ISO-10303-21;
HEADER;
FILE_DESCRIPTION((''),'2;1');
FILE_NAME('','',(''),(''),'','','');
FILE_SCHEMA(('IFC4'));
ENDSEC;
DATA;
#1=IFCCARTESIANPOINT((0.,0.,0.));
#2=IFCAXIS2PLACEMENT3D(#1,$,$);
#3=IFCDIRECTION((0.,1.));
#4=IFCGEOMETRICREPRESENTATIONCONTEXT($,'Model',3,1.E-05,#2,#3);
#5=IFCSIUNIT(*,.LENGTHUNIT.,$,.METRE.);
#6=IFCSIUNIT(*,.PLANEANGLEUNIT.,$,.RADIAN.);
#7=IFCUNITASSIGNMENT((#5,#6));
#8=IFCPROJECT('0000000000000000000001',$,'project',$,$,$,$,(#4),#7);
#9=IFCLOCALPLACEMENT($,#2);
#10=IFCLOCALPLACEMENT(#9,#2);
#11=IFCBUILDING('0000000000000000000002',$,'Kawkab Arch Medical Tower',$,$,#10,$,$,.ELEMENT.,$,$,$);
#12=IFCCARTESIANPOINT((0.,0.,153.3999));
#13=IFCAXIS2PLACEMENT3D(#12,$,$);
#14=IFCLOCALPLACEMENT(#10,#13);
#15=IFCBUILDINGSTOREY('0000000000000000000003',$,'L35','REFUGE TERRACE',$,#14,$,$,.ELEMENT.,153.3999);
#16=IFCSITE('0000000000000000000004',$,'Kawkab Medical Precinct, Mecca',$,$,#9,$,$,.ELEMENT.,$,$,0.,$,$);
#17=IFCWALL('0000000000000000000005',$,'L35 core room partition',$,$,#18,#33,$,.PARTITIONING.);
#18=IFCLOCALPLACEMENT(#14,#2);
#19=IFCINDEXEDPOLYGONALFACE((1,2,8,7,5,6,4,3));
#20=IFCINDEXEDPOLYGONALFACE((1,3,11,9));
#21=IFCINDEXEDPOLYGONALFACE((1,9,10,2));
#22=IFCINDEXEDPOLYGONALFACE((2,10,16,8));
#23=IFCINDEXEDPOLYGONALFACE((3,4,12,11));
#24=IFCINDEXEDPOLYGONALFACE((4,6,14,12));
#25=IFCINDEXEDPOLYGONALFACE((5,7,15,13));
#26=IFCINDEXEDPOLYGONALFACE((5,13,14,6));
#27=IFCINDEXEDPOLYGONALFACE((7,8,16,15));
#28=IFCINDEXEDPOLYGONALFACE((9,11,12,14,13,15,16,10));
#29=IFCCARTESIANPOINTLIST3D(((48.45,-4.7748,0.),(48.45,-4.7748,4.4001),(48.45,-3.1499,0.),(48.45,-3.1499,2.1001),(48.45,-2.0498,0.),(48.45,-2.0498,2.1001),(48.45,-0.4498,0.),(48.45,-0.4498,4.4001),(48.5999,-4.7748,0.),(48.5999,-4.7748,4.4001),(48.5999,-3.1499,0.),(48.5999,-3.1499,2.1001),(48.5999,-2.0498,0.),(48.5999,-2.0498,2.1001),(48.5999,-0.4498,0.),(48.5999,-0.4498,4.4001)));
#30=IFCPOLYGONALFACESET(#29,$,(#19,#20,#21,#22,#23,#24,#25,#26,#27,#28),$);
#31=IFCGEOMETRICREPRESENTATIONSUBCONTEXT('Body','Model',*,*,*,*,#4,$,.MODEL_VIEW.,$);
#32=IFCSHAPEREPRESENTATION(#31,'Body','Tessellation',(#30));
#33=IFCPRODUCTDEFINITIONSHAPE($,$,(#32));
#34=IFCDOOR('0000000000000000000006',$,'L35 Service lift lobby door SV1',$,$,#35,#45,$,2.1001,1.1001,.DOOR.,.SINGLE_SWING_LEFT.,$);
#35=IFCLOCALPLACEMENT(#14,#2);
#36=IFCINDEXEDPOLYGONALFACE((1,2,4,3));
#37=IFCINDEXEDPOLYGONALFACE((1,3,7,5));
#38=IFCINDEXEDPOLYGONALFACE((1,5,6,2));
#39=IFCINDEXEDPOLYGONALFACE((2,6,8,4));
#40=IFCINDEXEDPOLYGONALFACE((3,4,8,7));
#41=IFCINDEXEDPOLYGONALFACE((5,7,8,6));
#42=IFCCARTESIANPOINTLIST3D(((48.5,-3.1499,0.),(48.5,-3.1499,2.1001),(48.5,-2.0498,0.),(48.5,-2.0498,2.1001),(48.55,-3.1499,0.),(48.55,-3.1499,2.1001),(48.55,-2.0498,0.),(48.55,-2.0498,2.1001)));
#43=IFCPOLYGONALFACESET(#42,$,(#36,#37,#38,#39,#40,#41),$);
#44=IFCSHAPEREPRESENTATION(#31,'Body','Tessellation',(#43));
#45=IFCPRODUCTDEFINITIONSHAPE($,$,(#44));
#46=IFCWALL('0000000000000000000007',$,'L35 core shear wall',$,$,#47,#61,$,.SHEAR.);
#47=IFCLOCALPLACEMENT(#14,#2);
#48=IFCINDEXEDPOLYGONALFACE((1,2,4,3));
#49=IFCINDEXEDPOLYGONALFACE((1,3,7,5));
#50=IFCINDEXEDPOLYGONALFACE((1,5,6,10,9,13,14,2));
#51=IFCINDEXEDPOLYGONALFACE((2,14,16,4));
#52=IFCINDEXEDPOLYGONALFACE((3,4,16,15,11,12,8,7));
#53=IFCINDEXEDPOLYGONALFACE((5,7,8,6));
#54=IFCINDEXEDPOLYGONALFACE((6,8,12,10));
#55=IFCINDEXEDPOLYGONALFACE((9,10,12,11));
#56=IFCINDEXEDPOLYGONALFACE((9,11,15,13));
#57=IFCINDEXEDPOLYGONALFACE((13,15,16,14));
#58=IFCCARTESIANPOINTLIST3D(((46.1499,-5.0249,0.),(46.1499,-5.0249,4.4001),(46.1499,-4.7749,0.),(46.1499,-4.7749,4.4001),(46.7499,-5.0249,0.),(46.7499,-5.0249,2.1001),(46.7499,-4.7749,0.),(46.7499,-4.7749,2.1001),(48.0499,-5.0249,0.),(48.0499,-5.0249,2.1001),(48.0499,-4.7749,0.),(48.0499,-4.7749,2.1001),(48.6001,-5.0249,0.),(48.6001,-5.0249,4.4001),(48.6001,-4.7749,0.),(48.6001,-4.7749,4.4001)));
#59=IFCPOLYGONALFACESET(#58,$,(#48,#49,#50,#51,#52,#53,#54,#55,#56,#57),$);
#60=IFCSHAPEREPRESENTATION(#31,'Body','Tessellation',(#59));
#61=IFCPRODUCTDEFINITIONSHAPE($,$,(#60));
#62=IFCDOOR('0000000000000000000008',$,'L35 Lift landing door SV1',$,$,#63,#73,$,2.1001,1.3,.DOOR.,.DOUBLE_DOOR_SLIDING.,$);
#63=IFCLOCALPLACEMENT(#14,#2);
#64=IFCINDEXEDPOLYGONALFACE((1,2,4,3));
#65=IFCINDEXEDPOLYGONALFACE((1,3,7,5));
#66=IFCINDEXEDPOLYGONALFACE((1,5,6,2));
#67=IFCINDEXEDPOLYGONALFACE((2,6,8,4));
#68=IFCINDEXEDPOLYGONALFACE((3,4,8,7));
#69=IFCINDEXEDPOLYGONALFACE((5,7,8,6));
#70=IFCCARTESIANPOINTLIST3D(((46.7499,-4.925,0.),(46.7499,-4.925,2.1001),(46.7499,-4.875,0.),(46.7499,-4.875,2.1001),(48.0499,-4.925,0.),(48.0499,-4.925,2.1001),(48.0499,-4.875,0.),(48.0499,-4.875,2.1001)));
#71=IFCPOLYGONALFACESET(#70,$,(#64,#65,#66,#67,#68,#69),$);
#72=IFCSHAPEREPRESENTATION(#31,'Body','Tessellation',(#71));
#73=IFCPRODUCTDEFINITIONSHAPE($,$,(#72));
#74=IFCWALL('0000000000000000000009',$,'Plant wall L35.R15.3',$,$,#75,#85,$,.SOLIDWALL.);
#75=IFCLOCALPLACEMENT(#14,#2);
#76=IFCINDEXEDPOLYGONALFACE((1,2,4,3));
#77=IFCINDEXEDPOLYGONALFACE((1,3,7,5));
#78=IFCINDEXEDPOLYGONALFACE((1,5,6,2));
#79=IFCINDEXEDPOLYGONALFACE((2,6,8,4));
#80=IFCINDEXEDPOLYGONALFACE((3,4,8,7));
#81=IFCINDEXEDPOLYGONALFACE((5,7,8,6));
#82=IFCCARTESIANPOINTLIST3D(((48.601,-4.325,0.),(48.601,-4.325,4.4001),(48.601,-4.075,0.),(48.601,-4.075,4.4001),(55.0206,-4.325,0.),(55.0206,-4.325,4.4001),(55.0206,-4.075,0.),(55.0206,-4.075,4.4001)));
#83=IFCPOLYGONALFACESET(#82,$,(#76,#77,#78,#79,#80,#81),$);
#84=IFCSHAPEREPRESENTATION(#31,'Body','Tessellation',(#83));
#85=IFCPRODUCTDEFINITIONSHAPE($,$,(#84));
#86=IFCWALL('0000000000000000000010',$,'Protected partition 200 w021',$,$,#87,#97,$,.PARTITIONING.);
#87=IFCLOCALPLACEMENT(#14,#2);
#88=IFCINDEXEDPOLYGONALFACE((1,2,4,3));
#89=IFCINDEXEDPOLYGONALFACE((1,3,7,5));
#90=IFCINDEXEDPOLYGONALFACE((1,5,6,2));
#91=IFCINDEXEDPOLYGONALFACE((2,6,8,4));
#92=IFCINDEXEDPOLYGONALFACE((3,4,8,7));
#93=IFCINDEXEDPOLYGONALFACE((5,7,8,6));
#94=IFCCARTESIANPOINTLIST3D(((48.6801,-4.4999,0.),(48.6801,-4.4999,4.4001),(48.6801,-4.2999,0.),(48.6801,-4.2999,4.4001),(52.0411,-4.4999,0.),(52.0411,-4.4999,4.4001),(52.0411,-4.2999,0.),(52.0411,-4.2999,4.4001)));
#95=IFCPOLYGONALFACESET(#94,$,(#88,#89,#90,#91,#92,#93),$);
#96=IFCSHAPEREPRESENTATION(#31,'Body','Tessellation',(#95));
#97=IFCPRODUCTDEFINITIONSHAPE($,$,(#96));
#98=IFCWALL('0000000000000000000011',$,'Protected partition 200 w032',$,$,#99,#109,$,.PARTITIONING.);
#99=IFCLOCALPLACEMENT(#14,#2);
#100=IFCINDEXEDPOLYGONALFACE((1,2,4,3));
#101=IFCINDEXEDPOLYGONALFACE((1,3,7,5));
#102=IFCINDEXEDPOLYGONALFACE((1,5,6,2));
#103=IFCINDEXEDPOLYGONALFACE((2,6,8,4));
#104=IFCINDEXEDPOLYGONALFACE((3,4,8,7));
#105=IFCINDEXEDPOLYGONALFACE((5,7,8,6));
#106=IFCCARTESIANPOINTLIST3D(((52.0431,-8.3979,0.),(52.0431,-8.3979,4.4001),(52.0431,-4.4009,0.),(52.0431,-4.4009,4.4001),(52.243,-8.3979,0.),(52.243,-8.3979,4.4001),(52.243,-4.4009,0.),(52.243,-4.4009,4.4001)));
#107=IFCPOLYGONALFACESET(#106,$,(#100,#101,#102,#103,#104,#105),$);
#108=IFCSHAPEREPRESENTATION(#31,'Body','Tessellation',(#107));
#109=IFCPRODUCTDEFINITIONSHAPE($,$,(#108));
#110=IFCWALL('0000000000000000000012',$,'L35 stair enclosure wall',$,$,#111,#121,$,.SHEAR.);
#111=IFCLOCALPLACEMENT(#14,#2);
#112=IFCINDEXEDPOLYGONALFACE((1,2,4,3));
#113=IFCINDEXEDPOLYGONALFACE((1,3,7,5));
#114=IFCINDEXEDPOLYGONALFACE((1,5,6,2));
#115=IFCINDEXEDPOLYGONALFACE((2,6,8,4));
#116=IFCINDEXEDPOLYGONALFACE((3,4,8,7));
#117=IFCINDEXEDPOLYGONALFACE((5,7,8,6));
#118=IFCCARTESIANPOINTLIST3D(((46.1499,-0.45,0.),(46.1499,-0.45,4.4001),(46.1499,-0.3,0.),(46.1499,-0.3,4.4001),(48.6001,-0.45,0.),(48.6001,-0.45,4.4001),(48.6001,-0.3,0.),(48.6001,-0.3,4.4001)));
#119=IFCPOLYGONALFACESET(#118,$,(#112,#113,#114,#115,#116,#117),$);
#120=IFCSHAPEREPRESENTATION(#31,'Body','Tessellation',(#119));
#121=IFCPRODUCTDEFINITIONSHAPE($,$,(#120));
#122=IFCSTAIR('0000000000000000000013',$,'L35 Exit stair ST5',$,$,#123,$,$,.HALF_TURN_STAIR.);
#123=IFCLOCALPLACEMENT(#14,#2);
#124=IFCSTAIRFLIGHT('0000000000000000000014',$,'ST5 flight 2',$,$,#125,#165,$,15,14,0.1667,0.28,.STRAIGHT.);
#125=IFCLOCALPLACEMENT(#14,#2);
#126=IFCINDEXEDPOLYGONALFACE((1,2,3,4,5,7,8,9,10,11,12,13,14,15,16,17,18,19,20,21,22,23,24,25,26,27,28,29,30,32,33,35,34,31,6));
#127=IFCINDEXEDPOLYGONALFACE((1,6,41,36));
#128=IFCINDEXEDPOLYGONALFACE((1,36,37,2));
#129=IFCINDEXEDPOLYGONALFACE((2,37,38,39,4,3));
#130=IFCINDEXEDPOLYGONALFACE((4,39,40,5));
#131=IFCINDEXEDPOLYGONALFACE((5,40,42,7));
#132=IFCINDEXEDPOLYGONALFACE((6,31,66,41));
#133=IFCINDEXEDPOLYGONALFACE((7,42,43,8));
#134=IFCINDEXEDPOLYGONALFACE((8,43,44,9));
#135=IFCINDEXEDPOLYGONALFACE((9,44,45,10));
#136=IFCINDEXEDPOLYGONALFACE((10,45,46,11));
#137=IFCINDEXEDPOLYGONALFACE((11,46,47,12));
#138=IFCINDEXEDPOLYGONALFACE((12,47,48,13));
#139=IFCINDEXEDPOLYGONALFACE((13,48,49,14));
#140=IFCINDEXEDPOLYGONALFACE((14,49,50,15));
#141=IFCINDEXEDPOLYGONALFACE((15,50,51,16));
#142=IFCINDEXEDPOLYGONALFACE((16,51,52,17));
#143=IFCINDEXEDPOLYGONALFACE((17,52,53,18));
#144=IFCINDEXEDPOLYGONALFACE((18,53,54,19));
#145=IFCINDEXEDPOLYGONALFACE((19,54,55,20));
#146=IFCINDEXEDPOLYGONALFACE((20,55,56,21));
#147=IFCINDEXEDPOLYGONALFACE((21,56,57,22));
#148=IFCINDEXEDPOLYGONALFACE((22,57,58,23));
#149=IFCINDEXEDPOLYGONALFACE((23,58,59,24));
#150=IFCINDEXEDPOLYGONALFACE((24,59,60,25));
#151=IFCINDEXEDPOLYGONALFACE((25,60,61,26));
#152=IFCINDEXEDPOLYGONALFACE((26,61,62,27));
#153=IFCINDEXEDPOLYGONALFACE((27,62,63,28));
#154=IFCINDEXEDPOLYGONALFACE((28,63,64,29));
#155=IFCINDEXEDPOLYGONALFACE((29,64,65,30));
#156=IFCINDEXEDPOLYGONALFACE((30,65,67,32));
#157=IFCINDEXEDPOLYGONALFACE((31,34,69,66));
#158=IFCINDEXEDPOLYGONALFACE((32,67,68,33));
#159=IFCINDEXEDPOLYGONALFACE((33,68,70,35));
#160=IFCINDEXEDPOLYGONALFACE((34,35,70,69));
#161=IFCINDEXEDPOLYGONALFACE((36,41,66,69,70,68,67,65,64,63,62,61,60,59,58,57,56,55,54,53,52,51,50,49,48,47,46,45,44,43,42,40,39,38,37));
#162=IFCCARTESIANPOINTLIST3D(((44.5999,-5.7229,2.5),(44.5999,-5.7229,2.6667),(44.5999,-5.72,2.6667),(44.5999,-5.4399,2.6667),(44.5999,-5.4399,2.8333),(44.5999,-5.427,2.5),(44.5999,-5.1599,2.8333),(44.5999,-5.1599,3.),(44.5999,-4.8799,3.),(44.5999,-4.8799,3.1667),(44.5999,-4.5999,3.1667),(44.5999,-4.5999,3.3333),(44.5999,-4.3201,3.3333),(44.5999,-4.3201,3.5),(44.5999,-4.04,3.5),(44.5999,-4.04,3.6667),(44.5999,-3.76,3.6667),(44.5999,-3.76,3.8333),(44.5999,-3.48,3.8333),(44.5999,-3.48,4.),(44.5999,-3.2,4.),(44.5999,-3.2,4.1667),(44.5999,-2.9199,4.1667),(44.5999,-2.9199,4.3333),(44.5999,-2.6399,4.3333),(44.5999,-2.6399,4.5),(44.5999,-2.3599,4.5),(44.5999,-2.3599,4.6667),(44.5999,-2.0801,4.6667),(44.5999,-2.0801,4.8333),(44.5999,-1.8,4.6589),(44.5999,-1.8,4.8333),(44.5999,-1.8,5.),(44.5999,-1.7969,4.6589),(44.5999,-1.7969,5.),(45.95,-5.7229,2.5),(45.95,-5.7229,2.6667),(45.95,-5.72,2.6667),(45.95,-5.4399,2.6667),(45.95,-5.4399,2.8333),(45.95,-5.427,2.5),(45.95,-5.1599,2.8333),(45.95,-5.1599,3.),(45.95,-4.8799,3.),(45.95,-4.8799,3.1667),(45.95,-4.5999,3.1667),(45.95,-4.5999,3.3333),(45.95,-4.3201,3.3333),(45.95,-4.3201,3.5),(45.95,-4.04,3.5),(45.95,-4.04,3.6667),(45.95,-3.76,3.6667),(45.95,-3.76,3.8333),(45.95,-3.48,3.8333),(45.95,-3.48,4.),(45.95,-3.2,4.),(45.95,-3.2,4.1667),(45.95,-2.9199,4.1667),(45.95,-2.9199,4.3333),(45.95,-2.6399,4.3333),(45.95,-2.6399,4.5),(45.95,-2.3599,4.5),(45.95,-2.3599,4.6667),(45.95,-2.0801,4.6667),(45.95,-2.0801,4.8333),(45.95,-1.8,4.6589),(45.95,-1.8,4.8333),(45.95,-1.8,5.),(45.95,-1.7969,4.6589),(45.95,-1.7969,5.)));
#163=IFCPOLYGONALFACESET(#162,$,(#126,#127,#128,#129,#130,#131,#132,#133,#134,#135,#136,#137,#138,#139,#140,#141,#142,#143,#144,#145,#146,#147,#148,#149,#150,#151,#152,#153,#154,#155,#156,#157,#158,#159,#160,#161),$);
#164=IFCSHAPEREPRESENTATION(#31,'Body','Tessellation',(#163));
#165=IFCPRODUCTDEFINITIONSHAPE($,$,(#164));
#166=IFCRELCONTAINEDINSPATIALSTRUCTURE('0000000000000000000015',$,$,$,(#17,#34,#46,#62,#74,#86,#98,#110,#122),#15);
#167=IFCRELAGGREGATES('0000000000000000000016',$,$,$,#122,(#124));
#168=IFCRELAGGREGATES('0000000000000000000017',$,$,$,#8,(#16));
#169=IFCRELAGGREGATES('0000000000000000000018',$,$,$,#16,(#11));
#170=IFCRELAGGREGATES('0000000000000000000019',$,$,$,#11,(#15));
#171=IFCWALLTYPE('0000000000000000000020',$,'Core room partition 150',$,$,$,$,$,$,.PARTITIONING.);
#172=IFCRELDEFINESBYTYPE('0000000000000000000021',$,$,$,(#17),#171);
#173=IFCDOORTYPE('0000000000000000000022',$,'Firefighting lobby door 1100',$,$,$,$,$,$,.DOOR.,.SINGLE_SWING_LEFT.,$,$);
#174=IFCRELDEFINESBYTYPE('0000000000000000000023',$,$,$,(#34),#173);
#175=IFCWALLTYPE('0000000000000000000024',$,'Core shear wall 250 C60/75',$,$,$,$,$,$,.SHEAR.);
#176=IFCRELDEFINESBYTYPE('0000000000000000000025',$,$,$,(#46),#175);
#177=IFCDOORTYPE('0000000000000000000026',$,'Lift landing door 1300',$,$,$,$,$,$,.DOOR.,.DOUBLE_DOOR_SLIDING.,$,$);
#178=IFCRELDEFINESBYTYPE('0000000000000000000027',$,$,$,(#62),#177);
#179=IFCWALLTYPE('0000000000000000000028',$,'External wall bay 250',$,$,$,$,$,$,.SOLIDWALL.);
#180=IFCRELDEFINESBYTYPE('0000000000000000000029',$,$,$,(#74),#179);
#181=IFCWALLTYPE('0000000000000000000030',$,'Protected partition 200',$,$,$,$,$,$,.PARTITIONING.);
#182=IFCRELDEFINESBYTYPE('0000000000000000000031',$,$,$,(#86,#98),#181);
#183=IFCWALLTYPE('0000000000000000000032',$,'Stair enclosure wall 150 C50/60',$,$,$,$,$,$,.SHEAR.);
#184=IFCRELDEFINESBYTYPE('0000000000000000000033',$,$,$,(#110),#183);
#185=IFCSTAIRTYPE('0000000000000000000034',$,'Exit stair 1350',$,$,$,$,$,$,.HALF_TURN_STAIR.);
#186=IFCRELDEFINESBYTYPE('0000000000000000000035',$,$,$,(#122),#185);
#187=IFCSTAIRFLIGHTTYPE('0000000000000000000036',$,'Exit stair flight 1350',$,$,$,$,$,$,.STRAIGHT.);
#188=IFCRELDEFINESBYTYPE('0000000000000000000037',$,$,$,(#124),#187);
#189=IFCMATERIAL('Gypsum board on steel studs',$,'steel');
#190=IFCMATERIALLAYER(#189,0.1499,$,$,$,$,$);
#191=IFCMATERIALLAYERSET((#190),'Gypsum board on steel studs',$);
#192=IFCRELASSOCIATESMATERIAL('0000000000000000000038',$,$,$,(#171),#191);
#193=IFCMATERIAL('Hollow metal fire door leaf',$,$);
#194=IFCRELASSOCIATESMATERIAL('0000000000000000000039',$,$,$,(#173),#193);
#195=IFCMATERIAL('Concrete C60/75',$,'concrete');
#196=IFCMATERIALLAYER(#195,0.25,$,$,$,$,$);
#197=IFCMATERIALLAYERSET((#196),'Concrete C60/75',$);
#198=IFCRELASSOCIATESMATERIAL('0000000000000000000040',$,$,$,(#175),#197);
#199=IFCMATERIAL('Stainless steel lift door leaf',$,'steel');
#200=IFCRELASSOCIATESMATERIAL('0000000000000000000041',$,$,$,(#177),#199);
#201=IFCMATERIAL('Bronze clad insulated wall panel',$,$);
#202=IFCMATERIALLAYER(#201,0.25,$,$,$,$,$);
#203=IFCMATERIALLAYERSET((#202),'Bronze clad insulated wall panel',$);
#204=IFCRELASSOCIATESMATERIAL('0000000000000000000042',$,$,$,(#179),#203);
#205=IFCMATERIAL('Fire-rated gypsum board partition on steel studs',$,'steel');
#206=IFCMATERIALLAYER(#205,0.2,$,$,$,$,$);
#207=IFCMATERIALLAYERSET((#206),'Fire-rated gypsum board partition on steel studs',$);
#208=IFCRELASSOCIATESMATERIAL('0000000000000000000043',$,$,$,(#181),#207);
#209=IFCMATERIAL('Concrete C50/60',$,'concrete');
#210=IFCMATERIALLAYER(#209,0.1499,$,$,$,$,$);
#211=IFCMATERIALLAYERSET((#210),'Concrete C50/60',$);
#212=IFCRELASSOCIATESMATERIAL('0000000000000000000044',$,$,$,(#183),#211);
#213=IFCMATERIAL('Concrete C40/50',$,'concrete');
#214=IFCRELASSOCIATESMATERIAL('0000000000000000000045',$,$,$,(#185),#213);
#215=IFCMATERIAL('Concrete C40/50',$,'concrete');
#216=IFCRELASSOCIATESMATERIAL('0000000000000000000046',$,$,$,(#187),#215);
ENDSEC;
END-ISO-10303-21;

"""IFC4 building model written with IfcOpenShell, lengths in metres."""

from ifc_helpers import new_model, si_unit, direction, frame, frame_2d, origin, place, context, subcontext, project, spatial, polyline, rectangle, outline, extrude, material, layer, layer_set, type_object, element, fill, aggregate, save


model = new_model("IFC4")

# Units and contexts
model_context = context("Model", 3, precision=1e-05, world=origin(), true_north=direction((0.0, 1.0)))
body_context = subcontext(model_context, "Body", "Model", "MODEL_VIEW")
ifc_project = project(units=[si_unit("LENGTHUNIT", "METRE"), si_unit("PLANEANGLEUNIT", "RADIAN")], contexts=[model_context])

# Site, building, storey
site_placement = place(None, origin())
site = spatial("IfcSite", under=ifc_project, at=site_placement, Name="Kawkab Medical Precinct, Mecca", CompositionType="ELEMENT", RefElevation=0.0)
building_placement = place(site_placement, origin())
building = spatial("IfcBuilding", under=site, at=building_placement, Name="Kawkab Arch Medical Tower", CompositionType="ELEMENT")
storey_placement = place(building_placement, frame((0.0, 0.0, 153.3999)))
storey = spatial("IfcBuildingStorey", under=building, at=storey_placement, Name="L35", Description="REFUGE TERRACE", CompositionType="ELEMENT", Elevation=153.3999)

# Shared definitions
placement = place(storey_placement, origin())

# Walls, openings, doors
ifc_material_1 = material(Name="Gypsum board on steel studs", Category="steel")
ifc_layer_1 = layer(ifc_material_1, 0.1499)
ifc_layer_set_1 = layer_set([ifc_layer_1], Name="Gypsum board on steel studs")
wall_type_1 = type_object("IfcWallType", Name="Core room partition 150", PredefinedType="PARTITIONING", material=ifc_layer_set_1)
wall_1_placement = place(storey_placement, frame((48.5249, -4.7749, 0.0), z_axis=(0.0, 0.0, 1.0), x_axis=(0.0, 1.0, 0.0)))
wall_1 = element("IfcWall", 1, at=wall_1_placement, inside=storey, type_object=wall_type_1, Name="L35 core room partition", PredefinedType="PARTITIONING", context=body_context, shape_type="SweptSolid", body=[
    extrude(rectangle(XDim=4.325, YDim=0.1499, at=frame_2d((2.1626, 0.0))), origin(), (0.0, 0.0, 1.0), 4.4001),
])
opening_1_placement = place(wall_1_placement, frame((1.625, 0.0, 0.0)))
opening_1 = element("IfcOpeningElement", 2, at=opening_1_placement, cuts=wall_1, PredefinedType="OPENING", context=body_context, shape_type="SweptSolid", body=[
    extrude(rectangle(XDim=1.1001, YDim=2.1001, at=frame_2d((0.55, 1.05))), frame((0.0, 0.085, 0.0), z_axis=(0.0, -1.0, 0.0), x_axis=(1.0, 0.0, 0.0)), (0.0, 0.0, 1.0), 0.1699),
])
ifc_material_2 = material(Name="Hollow metal fire door leaf")
door_type_1 = type_object("IfcDoorType", Name="Firefighting lobby door 1100", OperationType="SINGLE_SWING_LEFT", PredefinedType="DOOR", material=ifc_material_2)
door_1_placement = place(opening_1_placement, origin())
door_1 = element("IfcDoor", 3, at=door_1_placement, inside=storey, type_object=door_type_1, Name="L35 Service lift lobby door SV1", OperationType="SINGLE_SWING_LEFT", OverallHeight=2.1001, OverallWidth=1.1001, PredefinedType="DOOR", context=body_context, shape_type="SweptSolid", body=[
    extrude(rectangle(XDim=1.1001, YDim=2.1001, at=frame_2d((0.55, 1.05))), frame((0.0, 0.0249, 0.0), z_axis=(0.0, -1.0, 0.0), x_axis=(1.0, 0.0, 0.0)), (0.0, 0.0, 1.0), 0.05),
])
fill(opening_1, door_1)
ifc_material_3 = material(Name="Concrete C60/75", Category="concrete")
ifc_layer_2 = layer(ifc_material_3, 0.25)
ifc_layer_set_2 = layer_set([ifc_layer_2], Name="Concrete C60/75")
wall_type_2 = type_object("IfcWallType", Name="Core shear wall 250 C60/75", PredefinedType="SHEAR", material=ifc_layer_set_2)
wall_2_placement = place(storey_placement, frame((46.1499, -4.8999, 0.0), z_axis=(0.0, 0.0, 1.0), x_axis=(1.0, 0.0, 0.0)))
wall_2 = element("IfcWall", 4, at=wall_2_placement, inside=storey, type_object=wall_type_2, Name="L35 core shear wall", PredefinedType="SHEAR", context=body_context, shape_type="SweptSolid", body=[
    extrude(rectangle(XDim=2.4502, YDim=0.25, at=frame_2d((1.2251, 0.0))), origin(), (0.0, 0.0, 1.0), 4.4001),
])
opening_2_placement = place(wall_2_placement, frame((0.6001, 0.0, 0.0)))
opening_2 = element("IfcOpeningElement", 5, at=opening_2_placement, cuts=wall_2, PredefinedType="OPENING", context=body_context, shape_type="SweptSolid", body=[
    extrude(rectangle(XDim=1.3, YDim=2.1001, at=frame_2d((0.6499, 1.05))), frame((0.0, 0.135, 0.0), z_axis=(0.0, -1.0, 0.0), x_axis=(1.0, 0.0, 0.0)), (0.0, 0.0, 1.0), 0.27),
])
ifc_material_4 = material(Name="Stainless steel lift door leaf", Category="steel")
door_type_2 = type_object("IfcDoorType", Name="Lift landing door 1300", OperationType="DOUBLE_DOOR_SLIDING", PredefinedType="DOOR", material=ifc_material_4)
door_2_placement = place(opening_2_placement, origin())
door_2 = element("IfcDoor", 6, at=door_2_placement, inside=storey, type_object=door_type_2, Name="L35 Lift landing door SV1", OperationType="DOUBLE_DOOR_SLIDING", OverallHeight=2.1001, OverallWidth=1.3, PredefinedType="DOOR", context=body_context, shape_type="SweptSolid", body=[
    extrude(rectangle(XDim=1.3, YDim=2.1001, at=frame_2d((0.6499, 1.05))), frame((0.0, 0.0249, 0.0), z_axis=(0.0, -1.0, 0.0), x_axis=(1.0, 0.0, 0.0)), (0.0, 0.0, 1.0), 0.05),
])
fill(opening_2, door_2)

# Walls
ifc_material_5 = material(Name="Bronze clad insulated wall panel")
ifc_layer_3 = layer(ifc_material_5, 0.25)
ifc_layer_set_3 = layer_set([ifc_layer_3], Name="Bronze clad insulated wall panel")
wall_type_3 = type_object("IfcWallType", Name="External wall bay 250", PredefinedType="SOLIDWALL", material=ifc_layer_set_3)
wall_3_placement = place(storey_placement, frame((55.0208, -4.2, 0.0), z_axis=(0.0, 0.0, 1.0), x_axis=(-1.0, 0.0, 0.0)))
element("IfcWall", 7, at=wall_3_placement, inside=storey, type_object=wall_type_3, Name="Plant wall L35.R15.3", PredefinedType="SOLIDWALL", context=body_context, shape_type="SweptSolid", body=[
    extrude(rectangle(XDim=6.4197, YDim=0.25, at=frame_2d((3.21, 0.0))), origin(), (0.0, 0.0, 1.0), 4.4001),
])
ifc_material_6 = material(Name="Fire-rated gypsum board partition on steel studs", Category="steel")
ifc_layer_4 = layer(ifc_material_6, 0.2)
ifc_layer_set_4 = layer_set([ifc_layer_4], Name="Fire-rated gypsum board partition on steel studs")
wall_type_4 = type_object("IfcWallType", Name="Protected partition 200", PredefinedType="PARTITIONING", material=ifc_layer_set_4)
wall_4_placement = place(storey_placement, frame((48.6799, -4.3999, 0.0), z_axis=(0.0, 0.0, 1.0), x_axis=(1.0, 0.0, 0.0)))
element("IfcWall", 8, at=wall_4_placement, inside=storey, type_object=wall_type_4, Name="Protected partition 200 w021", PredefinedType="PARTITIONING", context=body_context, shape_type="SweptSolid", body=[
    extrude(rectangle(XDim=3.3611, YDim=0.2, at=frame_2d((1.6807, 0.0))), origin(), (0.0, 0.0, 1.0), 4.4001),
])
wall_5_placement = place(storey_placement, frame((52.1431, -8.3979, 0.0), z_axis=(0.0, 0.0, 1.0), x_axis=(0.0, 1.0, 0.0)))
element("IfcWall", 9, at=wall_5_placement, inside=storey, type_object=wall_type_4, Name="Protected partition 200 w032", PredefinedType="PARTITIONING", context=body_context, shape_type="SweptSolid", body=[
    extrude(rectangle(XDim=3.9971, YDim=0.2, at=frame_2d((1.9985, 0.0))), origin(), (0.0, 0.0, 1.0), 4.4001),
])
ifc_material_7 = material(Name="Concrete C50/60", Category="concrete")
ifc_layer_5 = layer(ifc_material_7, 0.1499)
ifc_layer_set_5 = layer_set([ifc_layer_5], Name="Concrete C50/60")
wall_type_5 = type_object("IfcWallType", Name="Stair enclosure wall 150 C50/60", PredefinedType="SHEAR", material=ifc_layer_set_5)
wall_6_placement = place(storey_placement, frame((46.1499, -0.375, 0.0), z_axis=(0.0, 0.0, 1.0), x_axis=(1.0, 0.0, 0.0)))
element("IfcWall", 10, at=wall_6_placement, inside=storey, type_object=wall_type_5, Name="L35 stair enclosure wall", PredefinedType="SHEAR", context=body_context, shape_type="SweptSolid", body=[
    extrude(rectangle(XDim=2.4502, YDim=0.1499, at=frame_2d((1.2251, 0.0))), origin(), (0.0, 0.0, 1.0), 4.4001),
])

# Stair, stair flight
ifc_material_8 = material(Name="Concrete C40/50", Category="concrete")
stair_type = type_object("IfcStairType", Name="Exit stair 1350", PredefinedType="HALF_TURN_STAIR", material=ifc_material_8)
stair = element("IfcStair", 11, at=placement, inside=storey, type_object=stair_type, Name="L35 Exit stair ST5", PredefinedType="HALF_TURN_STAIR")
ifc_material_9 = material(Name="Concrete C40/50", Category="concrete")
stair_flight_type = type_object("IfcStairFlightType", Name="Exit stair flight 1350", PredefinedType="STRAIGHT", material=ifc_material_9)
stair_flight_placement = place(storey_placement, frame((45.2749, -5.72, 2.5), z_axis=(0.0, 0.0, 1.0), x_axis=(0.0, 1.0, 0.0)))
stair_flight = element("IfcStairFlight", 12, at=stair_flight_placement, type_object=stair_flight_type, Name="ST5 flight 2", NumberOfRisers=15, NumberOfTreads=14, PredefinedType="STRAIGHT", RiserHeight=0.1667, TreadLength=0.28, context=body_context, shape_type="SweptSolid", body=[
    extrude(outline(polyline([(-0.0029, 0.0), (-0.0029, 0.1667), (0.0, 0.1667), (0.28, 0.1667), (0.28, 0.3333), (0.5601, 0.3333), (0.5601, 0.5), (0.8401, 0.5), (0.8401, 0.6667), (1.1201, 0.6667), (1.1201, 0.8333), (1.3999, 0.8333), (1.3999, 1.0), (1.6799, 1.0), (1.6799, 1.1667), (1.96, 1.1667), (1.96, 1.3333), (2.24, 1.3333), (2.24, 1.5), (2.52, 1.5), (2.52, 1.6667), (2.8, 1.6667), (2.8, 1.8333), (3.0801, 1.8333), (3.0801, 2.0), (3.3601, 2.0), (3.3601, 2.1667), (3.6399, 2.1667), (3.6399, 2.3333), (3.9199, 2.3333), (3.9199, 2.5), (3.9231, 2.5), (3.9231, 2.1589), (3.9199, 2.1589), (0.293, 0.0), (-0.0029, 0.0)])), frame((0.0, 0.675, 0.0), z_axis=(0.0, -1.0, 0.0), x_axis=(1.0, 0.0, 0.0)), (0.0, 0.0, 1.0), 1.3501),
])
aggregate(stair, [stair_flight])

save(model, "model.ifc")
